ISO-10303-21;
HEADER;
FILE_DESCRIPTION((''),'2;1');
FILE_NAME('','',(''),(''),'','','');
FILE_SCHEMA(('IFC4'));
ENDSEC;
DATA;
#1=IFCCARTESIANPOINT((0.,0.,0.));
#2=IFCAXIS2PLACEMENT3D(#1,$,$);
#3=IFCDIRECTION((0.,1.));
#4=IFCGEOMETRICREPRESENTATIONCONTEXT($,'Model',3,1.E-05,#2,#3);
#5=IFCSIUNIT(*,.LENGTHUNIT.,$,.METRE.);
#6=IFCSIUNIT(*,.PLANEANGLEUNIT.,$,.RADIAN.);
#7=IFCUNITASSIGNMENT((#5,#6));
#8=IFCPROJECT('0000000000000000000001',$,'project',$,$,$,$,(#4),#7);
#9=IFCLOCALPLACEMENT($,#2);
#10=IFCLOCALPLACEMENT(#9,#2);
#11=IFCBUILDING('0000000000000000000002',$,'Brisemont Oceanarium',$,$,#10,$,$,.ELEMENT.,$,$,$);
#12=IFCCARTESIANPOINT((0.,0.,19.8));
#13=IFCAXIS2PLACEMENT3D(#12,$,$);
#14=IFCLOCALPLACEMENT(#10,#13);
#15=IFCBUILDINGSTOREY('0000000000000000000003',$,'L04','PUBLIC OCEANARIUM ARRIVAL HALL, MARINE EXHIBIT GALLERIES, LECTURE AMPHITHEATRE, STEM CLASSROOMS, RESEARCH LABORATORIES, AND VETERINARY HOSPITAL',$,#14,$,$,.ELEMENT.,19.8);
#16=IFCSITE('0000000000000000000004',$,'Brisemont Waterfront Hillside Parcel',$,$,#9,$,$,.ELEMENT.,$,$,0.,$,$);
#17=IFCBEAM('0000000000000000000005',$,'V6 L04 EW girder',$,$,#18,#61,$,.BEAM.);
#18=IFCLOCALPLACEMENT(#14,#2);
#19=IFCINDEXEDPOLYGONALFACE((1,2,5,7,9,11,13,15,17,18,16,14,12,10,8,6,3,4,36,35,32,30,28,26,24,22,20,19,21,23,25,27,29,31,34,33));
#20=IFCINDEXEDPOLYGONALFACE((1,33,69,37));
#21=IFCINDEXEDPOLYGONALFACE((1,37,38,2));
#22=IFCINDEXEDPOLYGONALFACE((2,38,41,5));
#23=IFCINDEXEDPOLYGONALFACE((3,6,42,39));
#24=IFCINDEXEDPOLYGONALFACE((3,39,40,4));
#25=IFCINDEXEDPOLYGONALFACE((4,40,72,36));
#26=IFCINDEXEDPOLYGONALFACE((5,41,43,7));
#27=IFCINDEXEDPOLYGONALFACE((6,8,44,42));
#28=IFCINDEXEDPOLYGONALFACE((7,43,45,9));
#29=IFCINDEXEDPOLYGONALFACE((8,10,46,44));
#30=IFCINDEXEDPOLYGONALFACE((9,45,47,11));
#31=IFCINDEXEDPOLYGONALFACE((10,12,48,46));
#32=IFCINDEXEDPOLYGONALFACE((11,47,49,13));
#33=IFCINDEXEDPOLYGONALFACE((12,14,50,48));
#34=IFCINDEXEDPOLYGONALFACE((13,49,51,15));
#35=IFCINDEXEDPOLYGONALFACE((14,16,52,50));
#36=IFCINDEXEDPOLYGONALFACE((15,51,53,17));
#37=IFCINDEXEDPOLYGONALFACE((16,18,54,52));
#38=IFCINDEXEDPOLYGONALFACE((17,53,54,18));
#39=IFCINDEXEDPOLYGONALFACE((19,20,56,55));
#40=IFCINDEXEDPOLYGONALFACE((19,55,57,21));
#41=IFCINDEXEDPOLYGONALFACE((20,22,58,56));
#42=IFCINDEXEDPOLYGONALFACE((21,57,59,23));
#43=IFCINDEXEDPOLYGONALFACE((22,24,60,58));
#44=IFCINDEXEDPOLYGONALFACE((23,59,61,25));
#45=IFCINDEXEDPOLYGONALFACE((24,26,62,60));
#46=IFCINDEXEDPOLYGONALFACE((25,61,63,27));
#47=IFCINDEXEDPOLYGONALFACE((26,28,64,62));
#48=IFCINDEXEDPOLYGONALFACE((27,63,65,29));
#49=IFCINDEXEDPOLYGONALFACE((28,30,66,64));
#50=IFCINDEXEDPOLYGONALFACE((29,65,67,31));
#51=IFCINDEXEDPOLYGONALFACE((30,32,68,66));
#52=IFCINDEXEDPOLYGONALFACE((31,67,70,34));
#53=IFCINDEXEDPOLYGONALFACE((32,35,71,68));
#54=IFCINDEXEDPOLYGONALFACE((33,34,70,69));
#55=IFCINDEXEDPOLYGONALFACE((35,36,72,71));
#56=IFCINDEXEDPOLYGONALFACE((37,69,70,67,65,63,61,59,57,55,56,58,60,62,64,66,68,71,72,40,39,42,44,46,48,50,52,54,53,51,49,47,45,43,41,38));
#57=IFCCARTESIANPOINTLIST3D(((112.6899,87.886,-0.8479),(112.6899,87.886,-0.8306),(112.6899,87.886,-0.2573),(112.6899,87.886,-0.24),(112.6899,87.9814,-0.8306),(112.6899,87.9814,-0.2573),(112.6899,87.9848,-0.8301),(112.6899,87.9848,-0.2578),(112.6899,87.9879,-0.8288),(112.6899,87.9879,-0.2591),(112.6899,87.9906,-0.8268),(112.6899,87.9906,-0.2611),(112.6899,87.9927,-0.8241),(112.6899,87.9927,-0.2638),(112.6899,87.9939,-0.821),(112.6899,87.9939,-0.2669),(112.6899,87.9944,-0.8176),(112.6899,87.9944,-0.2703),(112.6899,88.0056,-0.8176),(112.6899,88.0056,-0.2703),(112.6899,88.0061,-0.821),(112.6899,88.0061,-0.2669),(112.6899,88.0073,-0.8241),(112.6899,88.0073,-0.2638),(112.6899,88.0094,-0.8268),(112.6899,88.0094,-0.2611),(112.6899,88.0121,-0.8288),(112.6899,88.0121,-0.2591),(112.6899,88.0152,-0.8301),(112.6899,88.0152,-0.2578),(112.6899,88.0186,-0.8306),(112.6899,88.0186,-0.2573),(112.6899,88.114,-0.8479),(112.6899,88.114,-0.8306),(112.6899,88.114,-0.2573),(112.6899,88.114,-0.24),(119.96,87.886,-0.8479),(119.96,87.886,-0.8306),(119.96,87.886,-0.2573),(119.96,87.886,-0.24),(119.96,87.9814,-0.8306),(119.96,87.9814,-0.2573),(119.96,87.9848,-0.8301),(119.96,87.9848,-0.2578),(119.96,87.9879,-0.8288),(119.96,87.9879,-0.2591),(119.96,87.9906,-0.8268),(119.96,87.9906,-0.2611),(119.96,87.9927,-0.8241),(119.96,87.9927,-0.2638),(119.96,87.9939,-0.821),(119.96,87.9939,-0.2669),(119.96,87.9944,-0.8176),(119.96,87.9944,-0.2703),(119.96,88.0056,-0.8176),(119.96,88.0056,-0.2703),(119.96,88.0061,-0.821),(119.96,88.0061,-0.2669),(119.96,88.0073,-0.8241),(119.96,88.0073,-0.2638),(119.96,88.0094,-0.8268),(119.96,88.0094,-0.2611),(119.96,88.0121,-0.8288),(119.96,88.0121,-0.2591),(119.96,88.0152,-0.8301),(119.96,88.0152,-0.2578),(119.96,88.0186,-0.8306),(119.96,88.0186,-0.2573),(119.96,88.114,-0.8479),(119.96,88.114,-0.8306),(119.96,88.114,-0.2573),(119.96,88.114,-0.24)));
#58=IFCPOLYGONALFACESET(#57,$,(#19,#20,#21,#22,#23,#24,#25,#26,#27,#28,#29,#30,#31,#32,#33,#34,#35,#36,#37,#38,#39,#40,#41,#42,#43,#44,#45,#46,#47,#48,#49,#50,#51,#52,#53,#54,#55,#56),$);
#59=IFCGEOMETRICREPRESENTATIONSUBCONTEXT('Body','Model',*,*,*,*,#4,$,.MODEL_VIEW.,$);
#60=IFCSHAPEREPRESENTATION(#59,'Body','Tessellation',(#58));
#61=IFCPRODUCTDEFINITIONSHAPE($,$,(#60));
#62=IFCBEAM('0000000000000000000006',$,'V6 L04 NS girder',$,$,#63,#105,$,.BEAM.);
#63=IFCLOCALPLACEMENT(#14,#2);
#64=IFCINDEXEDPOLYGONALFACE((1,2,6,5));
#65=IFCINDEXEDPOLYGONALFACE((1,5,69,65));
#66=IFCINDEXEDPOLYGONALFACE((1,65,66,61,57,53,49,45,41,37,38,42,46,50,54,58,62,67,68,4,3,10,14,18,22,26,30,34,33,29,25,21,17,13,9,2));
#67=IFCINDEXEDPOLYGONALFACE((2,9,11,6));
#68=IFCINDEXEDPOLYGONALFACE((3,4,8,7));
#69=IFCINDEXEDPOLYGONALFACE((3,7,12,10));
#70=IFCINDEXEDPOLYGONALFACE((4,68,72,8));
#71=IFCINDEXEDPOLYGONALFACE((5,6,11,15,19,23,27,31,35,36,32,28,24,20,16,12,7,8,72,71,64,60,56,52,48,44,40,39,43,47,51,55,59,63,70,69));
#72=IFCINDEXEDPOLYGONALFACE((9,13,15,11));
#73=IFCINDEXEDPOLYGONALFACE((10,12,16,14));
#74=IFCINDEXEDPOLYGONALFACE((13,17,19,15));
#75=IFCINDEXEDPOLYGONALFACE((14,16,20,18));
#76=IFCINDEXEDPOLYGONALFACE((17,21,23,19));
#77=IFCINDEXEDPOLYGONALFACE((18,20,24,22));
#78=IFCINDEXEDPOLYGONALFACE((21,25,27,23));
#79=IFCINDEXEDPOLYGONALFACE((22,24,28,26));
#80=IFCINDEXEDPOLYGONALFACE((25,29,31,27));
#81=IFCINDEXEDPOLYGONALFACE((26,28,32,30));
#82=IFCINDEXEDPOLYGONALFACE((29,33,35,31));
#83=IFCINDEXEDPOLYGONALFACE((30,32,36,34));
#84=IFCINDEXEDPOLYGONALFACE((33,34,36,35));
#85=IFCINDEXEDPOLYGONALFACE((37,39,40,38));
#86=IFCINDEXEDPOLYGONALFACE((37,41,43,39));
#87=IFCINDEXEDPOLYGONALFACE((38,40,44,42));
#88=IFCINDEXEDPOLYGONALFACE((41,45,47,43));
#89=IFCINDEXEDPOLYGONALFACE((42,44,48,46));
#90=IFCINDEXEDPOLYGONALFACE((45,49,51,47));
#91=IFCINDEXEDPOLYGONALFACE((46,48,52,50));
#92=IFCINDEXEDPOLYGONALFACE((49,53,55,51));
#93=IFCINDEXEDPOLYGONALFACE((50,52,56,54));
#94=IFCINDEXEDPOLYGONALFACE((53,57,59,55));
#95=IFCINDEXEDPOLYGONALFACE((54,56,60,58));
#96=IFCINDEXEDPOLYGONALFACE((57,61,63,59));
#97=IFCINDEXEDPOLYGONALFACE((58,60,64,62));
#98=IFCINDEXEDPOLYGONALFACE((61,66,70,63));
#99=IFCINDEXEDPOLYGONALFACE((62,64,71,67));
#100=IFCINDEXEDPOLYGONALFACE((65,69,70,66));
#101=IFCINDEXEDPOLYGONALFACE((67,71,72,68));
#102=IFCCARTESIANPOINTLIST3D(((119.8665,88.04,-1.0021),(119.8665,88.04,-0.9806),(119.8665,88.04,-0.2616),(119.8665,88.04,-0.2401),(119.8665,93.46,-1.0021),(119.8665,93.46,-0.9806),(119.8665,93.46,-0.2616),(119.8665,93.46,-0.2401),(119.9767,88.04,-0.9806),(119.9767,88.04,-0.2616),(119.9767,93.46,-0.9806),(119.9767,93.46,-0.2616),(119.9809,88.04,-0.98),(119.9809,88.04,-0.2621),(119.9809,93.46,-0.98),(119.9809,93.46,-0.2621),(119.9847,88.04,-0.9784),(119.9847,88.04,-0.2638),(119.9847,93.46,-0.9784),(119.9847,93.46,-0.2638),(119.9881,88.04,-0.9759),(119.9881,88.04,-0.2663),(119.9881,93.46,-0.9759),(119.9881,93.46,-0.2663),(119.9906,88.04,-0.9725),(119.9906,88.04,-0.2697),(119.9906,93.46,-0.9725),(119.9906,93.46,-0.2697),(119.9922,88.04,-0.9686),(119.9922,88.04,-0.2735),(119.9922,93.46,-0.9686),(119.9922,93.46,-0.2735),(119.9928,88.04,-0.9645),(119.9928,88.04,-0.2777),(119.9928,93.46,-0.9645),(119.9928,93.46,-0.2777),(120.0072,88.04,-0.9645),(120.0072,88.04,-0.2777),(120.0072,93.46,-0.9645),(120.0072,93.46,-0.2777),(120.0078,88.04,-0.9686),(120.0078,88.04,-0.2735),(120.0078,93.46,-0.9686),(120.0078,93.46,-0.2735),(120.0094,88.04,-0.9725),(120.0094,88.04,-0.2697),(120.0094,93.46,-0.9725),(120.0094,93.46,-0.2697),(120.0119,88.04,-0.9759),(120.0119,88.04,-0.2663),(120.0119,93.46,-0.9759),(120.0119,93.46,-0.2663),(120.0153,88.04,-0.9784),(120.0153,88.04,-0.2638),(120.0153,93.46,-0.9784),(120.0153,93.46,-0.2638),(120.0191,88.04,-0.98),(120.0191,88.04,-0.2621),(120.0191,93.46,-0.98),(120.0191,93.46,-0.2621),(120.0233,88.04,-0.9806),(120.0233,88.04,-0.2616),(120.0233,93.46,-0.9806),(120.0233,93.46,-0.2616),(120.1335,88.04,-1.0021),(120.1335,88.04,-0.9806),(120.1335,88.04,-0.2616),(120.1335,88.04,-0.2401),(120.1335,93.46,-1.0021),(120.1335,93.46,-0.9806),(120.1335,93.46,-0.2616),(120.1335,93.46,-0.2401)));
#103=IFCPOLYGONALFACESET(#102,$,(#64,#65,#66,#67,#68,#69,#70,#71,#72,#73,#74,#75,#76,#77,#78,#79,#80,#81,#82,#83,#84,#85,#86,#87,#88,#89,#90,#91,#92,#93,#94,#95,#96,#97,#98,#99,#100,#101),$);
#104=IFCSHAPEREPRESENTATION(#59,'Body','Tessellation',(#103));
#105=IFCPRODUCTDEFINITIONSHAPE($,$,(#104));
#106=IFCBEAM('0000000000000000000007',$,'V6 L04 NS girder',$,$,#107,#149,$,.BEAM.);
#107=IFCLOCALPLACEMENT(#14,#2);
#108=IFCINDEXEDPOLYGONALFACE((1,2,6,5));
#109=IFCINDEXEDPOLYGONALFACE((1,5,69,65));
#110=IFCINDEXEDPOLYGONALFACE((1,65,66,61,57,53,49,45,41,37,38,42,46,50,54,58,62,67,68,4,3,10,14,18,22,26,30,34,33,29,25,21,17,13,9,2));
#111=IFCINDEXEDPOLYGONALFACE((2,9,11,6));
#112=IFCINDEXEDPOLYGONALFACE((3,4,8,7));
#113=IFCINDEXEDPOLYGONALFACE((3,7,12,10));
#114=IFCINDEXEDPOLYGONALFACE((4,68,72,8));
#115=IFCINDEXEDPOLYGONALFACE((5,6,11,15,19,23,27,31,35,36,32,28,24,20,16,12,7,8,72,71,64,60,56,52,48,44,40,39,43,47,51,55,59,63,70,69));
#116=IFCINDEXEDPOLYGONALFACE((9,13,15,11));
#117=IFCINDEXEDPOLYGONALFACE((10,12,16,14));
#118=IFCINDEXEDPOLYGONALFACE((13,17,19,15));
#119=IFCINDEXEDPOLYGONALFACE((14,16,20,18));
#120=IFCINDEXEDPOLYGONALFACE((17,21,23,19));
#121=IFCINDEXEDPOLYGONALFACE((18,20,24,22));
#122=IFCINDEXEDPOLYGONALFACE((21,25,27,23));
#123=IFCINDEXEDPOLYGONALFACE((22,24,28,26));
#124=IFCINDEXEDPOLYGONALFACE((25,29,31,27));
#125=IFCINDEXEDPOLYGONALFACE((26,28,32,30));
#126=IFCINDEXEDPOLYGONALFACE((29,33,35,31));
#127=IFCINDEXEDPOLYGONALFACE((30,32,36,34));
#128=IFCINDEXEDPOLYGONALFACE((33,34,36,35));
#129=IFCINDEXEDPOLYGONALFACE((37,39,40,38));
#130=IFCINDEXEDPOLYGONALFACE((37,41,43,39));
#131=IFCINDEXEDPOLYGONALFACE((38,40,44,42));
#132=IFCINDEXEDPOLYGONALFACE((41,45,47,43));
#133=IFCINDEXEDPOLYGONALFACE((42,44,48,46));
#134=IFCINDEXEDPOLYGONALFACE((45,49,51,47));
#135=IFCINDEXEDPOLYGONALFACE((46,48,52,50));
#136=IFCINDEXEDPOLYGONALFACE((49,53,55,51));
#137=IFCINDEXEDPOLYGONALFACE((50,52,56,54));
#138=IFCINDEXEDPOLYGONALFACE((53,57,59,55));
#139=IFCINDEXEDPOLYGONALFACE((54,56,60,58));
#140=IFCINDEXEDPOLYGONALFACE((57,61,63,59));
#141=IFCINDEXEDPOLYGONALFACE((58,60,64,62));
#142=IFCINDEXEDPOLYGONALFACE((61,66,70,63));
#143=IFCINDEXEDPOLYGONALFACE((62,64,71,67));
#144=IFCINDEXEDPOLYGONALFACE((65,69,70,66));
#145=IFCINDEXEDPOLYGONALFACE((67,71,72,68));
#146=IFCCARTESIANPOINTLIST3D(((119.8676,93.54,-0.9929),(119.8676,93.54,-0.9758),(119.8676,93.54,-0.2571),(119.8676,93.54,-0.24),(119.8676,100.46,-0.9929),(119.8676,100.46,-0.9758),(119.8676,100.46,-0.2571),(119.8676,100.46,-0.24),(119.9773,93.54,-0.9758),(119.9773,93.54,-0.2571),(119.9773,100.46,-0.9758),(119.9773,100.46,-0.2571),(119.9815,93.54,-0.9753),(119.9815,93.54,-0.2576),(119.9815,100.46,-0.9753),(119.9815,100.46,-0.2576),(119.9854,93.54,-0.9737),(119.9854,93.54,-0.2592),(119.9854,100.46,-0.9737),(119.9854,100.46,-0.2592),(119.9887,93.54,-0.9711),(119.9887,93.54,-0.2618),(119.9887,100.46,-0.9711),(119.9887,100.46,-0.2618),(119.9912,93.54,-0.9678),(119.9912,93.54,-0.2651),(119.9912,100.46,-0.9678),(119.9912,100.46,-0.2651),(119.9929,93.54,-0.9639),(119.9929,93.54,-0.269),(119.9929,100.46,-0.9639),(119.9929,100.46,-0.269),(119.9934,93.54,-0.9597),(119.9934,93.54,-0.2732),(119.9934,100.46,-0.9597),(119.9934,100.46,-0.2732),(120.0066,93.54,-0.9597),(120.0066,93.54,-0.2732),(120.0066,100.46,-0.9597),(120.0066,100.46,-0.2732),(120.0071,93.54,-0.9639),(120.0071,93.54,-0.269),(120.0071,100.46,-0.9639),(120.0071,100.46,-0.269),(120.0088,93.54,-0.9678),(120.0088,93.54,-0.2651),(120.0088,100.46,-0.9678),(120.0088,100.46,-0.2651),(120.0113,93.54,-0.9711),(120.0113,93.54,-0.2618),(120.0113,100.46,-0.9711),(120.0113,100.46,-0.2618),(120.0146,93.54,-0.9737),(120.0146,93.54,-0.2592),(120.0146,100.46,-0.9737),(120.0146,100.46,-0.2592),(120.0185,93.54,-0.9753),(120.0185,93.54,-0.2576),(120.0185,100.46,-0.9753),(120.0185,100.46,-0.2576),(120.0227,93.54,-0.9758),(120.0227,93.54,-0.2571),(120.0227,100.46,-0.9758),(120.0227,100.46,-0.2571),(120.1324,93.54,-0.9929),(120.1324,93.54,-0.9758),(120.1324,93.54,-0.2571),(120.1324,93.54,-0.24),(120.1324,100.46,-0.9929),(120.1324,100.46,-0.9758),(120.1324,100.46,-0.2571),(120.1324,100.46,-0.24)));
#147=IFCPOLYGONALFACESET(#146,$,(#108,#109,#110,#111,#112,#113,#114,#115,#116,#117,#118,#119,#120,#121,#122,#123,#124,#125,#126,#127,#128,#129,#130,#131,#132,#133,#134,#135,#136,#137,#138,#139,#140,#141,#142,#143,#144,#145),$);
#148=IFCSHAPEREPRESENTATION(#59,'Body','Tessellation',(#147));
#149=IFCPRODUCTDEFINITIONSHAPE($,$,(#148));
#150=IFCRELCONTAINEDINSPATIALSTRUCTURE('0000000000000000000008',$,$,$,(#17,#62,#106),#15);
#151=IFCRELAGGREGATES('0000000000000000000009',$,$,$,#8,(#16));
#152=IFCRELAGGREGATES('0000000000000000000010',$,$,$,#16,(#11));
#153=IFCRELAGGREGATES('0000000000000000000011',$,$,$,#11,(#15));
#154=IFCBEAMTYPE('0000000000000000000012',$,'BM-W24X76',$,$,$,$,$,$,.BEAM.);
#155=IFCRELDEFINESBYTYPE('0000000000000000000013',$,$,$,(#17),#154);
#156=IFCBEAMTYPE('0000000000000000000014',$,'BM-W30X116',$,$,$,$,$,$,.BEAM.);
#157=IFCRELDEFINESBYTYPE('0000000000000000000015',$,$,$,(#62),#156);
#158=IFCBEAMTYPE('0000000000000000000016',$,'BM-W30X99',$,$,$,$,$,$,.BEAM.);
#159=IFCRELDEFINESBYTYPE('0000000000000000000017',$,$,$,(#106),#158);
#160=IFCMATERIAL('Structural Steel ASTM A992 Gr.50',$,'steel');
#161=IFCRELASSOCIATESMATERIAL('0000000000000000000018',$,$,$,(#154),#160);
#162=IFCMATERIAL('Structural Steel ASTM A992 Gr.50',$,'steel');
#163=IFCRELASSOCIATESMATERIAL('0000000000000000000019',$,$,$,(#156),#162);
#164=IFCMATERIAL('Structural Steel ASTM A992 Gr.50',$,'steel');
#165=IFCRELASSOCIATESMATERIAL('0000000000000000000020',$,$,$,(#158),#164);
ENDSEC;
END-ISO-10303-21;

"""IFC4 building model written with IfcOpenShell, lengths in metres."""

from ifc_helpers import new_model, si_unit, direction, frame, origin, origin_2d, place, context, subcontext, project, spatial, i_section, extrude, material, material_profile, profile_set, type_object, element, save


model = new_model("IFC4")

# Units and contexts
model_context = context("Model", 3, precision=1e-05, world=origin(), true_north=direction((0.0, 1.0)))
body_context = subcontext(model_context, "Body", "Model", "MODEL_VIEW")
ifc_project = project(units=[si_unit("LENGTHUNIT", "METRE"), si_unit("PLANEANGLEUNIT", "RADIAN")], contexts=[model_context])

# Site, building, storey
site_placement = place(None, origin())
site = spatial("IfcSite", under=ifc_project, at=site_placement, Name="Brisemont Waterfront Hillside Parcel", CompositionType="ELEMENT", RefElevation=0.0)
building_placement = place(site_placement, origin())
building = spatial("IfcBuilding", under=site, at=building_placement, Name="Brisemont Oceanarium", CompositionType="ELEMENT")
storey_placement = place(building_placement, frame((0.0, 0.0, 19.8)))
storey = spatial("IfcBuildingStorey", under=building, at=storey_placement, Name="L04", Description="PUBLIC OCEANARIUM ARRIVAL HALL, MARINE EXHIBIT GALLERIES, LECTURE AMPHITHEATRE, STEM CLASSROOMS, RESEARCH LABORATORIES, AND VETERINARY HOSPITAL", CompositionType="ELEMENT", Elevation=19.8)

# Beams
ifc_material_1 = material(Name="Structural Steel ASTM A992 Gr.50", Category="steel")
ifc_material_profile_1 = material_profile(ifc_material_1, i_section(OverallWidth=0.228, OverallDepth=0.6079, WebThickness=0.0112, FlangeThickness=0.0173, FilletRadius=0.0129, at=origin_2d()), Name="W24X76")
ifc_profile_set_1 = profile_set([ifc_material_profile_1], Name="Structural Steel ASTM A992 Gr.50")
beam_type_1 = type_object("IfcBeamType", Name="BM-W24X76", PredefinedType="BEAM", material=ifc_profile_set_1)
beam_1_placement = place(storey_placement, frame((112.6899, 88.0, -0.5439), z_axis=(1.0, 0.0, 0.0), x_axis=(0.0, 1.0, 0.0)))
element("IfcBeam", 1, at=beam_1_placement, inside=storey, type_object=beam_type_1, Name="V6 L04 EW girder", PredefinedType="BEAM", context=body_context, shape_type="SweptSolid", body=[
    extrude(i_section(OverallWidth=0.228, OverallDepth=0.6079, WebThickness=0.0112, FlangeThickness=0.0173, FilletRadius=0.0129, at=origin_2d()), origin(), (0.0, 0.0, 1.0), 7.27),
])
ifc_material_2 = material(Name="Structural Steel ASTM A992 Gr.50", Category="steel")
ifc_material_profile_2 = material_profile(ifc_material_2, i_section(OverallWidth=0.2671, OverallDepth=0.762, WebThickness=0.0144, FlangeThickness=0.0215, FilletRadius=0.0161, at=origin_2d()), Name="W30X116")
ifc_profile_set_2 = profile_set([ifc_material_profile_2], Name="Structural Steel ASTM A992 Gr.50")
beam_type_2 = type_object("IfcBeamType", Name="BM-W30X116", PredefinedType="BEAM", material=ifc_profile_set_2)
beam_2_placement = place(storey_placement, frame((120.0, 88.04, -0.6211), z_axis=(0.0, 1.0, 0.0), x_axis=(-1.0, 0.0, 0.0)))
element("IfcBeam", 2, at=beam_2_placement, inside=storey, type_object=beam_type_2, Name="V6 L04 NS girder", PredefinedType="BEAM", context=body_context, shape_type="SweptSolid", body=[
    extrude(i_section(OverallWidth=0.2671, OverallDepth=0.762, WebThickness=0.0144, FlangeThickness=0.0215, FilletRadius=0.0161, at=origin_2d()), origin(), (0.0, 0.0, 1.0), 5.4199),
])
ifc_material_3 = material(Name="Structural Steel ASTM A992 Gr.50", Category="steel")
ifc_material_profile_3 = material_profile(ifc_material_3, i_section(OverallWidth=0.2649, OverallDepth=0.7529, WebThickness=0.0132, FlangeThickness=0.0171, FilletRadius=0.0161, at=origin_2d()), Name="W30X99")
ifc_profile_set_3 = profile_set([ifc_material_profile_3], Name="Structural Steel ASTM A992 Gr.50")
beam_type_3 = type_object("IfcBeamType", Name="BM-W30X99", PredefinedType="BEAM", material=ifc_profile_set_3)
beam_3_placement = place(storey_placement, frame((120.0, 93.54, -0.6165), z_axis=(0.0, 1.0, 0.0), x_axis=(-1.0, 0.0, 0.0)))
element("IfcBeam", 3, at=beam_3_placement, inside=storey, type_object=beam_type_3, Name="V6 L04 NS girder", PredefinedType="BEAM", context=body_context, shape_type="SweptSolid", body=[
    extrude(i_section(OverallWidth=0.2649, OverallDepth=0.7529, WebThickness=0.0132, FlangeThickness=0.0171, FilletRadius=0.0161, at=origin_2d()), origin(), (0.0, 0.0, 1.0), 6.9199),
])

save(model, "model.ifc")
